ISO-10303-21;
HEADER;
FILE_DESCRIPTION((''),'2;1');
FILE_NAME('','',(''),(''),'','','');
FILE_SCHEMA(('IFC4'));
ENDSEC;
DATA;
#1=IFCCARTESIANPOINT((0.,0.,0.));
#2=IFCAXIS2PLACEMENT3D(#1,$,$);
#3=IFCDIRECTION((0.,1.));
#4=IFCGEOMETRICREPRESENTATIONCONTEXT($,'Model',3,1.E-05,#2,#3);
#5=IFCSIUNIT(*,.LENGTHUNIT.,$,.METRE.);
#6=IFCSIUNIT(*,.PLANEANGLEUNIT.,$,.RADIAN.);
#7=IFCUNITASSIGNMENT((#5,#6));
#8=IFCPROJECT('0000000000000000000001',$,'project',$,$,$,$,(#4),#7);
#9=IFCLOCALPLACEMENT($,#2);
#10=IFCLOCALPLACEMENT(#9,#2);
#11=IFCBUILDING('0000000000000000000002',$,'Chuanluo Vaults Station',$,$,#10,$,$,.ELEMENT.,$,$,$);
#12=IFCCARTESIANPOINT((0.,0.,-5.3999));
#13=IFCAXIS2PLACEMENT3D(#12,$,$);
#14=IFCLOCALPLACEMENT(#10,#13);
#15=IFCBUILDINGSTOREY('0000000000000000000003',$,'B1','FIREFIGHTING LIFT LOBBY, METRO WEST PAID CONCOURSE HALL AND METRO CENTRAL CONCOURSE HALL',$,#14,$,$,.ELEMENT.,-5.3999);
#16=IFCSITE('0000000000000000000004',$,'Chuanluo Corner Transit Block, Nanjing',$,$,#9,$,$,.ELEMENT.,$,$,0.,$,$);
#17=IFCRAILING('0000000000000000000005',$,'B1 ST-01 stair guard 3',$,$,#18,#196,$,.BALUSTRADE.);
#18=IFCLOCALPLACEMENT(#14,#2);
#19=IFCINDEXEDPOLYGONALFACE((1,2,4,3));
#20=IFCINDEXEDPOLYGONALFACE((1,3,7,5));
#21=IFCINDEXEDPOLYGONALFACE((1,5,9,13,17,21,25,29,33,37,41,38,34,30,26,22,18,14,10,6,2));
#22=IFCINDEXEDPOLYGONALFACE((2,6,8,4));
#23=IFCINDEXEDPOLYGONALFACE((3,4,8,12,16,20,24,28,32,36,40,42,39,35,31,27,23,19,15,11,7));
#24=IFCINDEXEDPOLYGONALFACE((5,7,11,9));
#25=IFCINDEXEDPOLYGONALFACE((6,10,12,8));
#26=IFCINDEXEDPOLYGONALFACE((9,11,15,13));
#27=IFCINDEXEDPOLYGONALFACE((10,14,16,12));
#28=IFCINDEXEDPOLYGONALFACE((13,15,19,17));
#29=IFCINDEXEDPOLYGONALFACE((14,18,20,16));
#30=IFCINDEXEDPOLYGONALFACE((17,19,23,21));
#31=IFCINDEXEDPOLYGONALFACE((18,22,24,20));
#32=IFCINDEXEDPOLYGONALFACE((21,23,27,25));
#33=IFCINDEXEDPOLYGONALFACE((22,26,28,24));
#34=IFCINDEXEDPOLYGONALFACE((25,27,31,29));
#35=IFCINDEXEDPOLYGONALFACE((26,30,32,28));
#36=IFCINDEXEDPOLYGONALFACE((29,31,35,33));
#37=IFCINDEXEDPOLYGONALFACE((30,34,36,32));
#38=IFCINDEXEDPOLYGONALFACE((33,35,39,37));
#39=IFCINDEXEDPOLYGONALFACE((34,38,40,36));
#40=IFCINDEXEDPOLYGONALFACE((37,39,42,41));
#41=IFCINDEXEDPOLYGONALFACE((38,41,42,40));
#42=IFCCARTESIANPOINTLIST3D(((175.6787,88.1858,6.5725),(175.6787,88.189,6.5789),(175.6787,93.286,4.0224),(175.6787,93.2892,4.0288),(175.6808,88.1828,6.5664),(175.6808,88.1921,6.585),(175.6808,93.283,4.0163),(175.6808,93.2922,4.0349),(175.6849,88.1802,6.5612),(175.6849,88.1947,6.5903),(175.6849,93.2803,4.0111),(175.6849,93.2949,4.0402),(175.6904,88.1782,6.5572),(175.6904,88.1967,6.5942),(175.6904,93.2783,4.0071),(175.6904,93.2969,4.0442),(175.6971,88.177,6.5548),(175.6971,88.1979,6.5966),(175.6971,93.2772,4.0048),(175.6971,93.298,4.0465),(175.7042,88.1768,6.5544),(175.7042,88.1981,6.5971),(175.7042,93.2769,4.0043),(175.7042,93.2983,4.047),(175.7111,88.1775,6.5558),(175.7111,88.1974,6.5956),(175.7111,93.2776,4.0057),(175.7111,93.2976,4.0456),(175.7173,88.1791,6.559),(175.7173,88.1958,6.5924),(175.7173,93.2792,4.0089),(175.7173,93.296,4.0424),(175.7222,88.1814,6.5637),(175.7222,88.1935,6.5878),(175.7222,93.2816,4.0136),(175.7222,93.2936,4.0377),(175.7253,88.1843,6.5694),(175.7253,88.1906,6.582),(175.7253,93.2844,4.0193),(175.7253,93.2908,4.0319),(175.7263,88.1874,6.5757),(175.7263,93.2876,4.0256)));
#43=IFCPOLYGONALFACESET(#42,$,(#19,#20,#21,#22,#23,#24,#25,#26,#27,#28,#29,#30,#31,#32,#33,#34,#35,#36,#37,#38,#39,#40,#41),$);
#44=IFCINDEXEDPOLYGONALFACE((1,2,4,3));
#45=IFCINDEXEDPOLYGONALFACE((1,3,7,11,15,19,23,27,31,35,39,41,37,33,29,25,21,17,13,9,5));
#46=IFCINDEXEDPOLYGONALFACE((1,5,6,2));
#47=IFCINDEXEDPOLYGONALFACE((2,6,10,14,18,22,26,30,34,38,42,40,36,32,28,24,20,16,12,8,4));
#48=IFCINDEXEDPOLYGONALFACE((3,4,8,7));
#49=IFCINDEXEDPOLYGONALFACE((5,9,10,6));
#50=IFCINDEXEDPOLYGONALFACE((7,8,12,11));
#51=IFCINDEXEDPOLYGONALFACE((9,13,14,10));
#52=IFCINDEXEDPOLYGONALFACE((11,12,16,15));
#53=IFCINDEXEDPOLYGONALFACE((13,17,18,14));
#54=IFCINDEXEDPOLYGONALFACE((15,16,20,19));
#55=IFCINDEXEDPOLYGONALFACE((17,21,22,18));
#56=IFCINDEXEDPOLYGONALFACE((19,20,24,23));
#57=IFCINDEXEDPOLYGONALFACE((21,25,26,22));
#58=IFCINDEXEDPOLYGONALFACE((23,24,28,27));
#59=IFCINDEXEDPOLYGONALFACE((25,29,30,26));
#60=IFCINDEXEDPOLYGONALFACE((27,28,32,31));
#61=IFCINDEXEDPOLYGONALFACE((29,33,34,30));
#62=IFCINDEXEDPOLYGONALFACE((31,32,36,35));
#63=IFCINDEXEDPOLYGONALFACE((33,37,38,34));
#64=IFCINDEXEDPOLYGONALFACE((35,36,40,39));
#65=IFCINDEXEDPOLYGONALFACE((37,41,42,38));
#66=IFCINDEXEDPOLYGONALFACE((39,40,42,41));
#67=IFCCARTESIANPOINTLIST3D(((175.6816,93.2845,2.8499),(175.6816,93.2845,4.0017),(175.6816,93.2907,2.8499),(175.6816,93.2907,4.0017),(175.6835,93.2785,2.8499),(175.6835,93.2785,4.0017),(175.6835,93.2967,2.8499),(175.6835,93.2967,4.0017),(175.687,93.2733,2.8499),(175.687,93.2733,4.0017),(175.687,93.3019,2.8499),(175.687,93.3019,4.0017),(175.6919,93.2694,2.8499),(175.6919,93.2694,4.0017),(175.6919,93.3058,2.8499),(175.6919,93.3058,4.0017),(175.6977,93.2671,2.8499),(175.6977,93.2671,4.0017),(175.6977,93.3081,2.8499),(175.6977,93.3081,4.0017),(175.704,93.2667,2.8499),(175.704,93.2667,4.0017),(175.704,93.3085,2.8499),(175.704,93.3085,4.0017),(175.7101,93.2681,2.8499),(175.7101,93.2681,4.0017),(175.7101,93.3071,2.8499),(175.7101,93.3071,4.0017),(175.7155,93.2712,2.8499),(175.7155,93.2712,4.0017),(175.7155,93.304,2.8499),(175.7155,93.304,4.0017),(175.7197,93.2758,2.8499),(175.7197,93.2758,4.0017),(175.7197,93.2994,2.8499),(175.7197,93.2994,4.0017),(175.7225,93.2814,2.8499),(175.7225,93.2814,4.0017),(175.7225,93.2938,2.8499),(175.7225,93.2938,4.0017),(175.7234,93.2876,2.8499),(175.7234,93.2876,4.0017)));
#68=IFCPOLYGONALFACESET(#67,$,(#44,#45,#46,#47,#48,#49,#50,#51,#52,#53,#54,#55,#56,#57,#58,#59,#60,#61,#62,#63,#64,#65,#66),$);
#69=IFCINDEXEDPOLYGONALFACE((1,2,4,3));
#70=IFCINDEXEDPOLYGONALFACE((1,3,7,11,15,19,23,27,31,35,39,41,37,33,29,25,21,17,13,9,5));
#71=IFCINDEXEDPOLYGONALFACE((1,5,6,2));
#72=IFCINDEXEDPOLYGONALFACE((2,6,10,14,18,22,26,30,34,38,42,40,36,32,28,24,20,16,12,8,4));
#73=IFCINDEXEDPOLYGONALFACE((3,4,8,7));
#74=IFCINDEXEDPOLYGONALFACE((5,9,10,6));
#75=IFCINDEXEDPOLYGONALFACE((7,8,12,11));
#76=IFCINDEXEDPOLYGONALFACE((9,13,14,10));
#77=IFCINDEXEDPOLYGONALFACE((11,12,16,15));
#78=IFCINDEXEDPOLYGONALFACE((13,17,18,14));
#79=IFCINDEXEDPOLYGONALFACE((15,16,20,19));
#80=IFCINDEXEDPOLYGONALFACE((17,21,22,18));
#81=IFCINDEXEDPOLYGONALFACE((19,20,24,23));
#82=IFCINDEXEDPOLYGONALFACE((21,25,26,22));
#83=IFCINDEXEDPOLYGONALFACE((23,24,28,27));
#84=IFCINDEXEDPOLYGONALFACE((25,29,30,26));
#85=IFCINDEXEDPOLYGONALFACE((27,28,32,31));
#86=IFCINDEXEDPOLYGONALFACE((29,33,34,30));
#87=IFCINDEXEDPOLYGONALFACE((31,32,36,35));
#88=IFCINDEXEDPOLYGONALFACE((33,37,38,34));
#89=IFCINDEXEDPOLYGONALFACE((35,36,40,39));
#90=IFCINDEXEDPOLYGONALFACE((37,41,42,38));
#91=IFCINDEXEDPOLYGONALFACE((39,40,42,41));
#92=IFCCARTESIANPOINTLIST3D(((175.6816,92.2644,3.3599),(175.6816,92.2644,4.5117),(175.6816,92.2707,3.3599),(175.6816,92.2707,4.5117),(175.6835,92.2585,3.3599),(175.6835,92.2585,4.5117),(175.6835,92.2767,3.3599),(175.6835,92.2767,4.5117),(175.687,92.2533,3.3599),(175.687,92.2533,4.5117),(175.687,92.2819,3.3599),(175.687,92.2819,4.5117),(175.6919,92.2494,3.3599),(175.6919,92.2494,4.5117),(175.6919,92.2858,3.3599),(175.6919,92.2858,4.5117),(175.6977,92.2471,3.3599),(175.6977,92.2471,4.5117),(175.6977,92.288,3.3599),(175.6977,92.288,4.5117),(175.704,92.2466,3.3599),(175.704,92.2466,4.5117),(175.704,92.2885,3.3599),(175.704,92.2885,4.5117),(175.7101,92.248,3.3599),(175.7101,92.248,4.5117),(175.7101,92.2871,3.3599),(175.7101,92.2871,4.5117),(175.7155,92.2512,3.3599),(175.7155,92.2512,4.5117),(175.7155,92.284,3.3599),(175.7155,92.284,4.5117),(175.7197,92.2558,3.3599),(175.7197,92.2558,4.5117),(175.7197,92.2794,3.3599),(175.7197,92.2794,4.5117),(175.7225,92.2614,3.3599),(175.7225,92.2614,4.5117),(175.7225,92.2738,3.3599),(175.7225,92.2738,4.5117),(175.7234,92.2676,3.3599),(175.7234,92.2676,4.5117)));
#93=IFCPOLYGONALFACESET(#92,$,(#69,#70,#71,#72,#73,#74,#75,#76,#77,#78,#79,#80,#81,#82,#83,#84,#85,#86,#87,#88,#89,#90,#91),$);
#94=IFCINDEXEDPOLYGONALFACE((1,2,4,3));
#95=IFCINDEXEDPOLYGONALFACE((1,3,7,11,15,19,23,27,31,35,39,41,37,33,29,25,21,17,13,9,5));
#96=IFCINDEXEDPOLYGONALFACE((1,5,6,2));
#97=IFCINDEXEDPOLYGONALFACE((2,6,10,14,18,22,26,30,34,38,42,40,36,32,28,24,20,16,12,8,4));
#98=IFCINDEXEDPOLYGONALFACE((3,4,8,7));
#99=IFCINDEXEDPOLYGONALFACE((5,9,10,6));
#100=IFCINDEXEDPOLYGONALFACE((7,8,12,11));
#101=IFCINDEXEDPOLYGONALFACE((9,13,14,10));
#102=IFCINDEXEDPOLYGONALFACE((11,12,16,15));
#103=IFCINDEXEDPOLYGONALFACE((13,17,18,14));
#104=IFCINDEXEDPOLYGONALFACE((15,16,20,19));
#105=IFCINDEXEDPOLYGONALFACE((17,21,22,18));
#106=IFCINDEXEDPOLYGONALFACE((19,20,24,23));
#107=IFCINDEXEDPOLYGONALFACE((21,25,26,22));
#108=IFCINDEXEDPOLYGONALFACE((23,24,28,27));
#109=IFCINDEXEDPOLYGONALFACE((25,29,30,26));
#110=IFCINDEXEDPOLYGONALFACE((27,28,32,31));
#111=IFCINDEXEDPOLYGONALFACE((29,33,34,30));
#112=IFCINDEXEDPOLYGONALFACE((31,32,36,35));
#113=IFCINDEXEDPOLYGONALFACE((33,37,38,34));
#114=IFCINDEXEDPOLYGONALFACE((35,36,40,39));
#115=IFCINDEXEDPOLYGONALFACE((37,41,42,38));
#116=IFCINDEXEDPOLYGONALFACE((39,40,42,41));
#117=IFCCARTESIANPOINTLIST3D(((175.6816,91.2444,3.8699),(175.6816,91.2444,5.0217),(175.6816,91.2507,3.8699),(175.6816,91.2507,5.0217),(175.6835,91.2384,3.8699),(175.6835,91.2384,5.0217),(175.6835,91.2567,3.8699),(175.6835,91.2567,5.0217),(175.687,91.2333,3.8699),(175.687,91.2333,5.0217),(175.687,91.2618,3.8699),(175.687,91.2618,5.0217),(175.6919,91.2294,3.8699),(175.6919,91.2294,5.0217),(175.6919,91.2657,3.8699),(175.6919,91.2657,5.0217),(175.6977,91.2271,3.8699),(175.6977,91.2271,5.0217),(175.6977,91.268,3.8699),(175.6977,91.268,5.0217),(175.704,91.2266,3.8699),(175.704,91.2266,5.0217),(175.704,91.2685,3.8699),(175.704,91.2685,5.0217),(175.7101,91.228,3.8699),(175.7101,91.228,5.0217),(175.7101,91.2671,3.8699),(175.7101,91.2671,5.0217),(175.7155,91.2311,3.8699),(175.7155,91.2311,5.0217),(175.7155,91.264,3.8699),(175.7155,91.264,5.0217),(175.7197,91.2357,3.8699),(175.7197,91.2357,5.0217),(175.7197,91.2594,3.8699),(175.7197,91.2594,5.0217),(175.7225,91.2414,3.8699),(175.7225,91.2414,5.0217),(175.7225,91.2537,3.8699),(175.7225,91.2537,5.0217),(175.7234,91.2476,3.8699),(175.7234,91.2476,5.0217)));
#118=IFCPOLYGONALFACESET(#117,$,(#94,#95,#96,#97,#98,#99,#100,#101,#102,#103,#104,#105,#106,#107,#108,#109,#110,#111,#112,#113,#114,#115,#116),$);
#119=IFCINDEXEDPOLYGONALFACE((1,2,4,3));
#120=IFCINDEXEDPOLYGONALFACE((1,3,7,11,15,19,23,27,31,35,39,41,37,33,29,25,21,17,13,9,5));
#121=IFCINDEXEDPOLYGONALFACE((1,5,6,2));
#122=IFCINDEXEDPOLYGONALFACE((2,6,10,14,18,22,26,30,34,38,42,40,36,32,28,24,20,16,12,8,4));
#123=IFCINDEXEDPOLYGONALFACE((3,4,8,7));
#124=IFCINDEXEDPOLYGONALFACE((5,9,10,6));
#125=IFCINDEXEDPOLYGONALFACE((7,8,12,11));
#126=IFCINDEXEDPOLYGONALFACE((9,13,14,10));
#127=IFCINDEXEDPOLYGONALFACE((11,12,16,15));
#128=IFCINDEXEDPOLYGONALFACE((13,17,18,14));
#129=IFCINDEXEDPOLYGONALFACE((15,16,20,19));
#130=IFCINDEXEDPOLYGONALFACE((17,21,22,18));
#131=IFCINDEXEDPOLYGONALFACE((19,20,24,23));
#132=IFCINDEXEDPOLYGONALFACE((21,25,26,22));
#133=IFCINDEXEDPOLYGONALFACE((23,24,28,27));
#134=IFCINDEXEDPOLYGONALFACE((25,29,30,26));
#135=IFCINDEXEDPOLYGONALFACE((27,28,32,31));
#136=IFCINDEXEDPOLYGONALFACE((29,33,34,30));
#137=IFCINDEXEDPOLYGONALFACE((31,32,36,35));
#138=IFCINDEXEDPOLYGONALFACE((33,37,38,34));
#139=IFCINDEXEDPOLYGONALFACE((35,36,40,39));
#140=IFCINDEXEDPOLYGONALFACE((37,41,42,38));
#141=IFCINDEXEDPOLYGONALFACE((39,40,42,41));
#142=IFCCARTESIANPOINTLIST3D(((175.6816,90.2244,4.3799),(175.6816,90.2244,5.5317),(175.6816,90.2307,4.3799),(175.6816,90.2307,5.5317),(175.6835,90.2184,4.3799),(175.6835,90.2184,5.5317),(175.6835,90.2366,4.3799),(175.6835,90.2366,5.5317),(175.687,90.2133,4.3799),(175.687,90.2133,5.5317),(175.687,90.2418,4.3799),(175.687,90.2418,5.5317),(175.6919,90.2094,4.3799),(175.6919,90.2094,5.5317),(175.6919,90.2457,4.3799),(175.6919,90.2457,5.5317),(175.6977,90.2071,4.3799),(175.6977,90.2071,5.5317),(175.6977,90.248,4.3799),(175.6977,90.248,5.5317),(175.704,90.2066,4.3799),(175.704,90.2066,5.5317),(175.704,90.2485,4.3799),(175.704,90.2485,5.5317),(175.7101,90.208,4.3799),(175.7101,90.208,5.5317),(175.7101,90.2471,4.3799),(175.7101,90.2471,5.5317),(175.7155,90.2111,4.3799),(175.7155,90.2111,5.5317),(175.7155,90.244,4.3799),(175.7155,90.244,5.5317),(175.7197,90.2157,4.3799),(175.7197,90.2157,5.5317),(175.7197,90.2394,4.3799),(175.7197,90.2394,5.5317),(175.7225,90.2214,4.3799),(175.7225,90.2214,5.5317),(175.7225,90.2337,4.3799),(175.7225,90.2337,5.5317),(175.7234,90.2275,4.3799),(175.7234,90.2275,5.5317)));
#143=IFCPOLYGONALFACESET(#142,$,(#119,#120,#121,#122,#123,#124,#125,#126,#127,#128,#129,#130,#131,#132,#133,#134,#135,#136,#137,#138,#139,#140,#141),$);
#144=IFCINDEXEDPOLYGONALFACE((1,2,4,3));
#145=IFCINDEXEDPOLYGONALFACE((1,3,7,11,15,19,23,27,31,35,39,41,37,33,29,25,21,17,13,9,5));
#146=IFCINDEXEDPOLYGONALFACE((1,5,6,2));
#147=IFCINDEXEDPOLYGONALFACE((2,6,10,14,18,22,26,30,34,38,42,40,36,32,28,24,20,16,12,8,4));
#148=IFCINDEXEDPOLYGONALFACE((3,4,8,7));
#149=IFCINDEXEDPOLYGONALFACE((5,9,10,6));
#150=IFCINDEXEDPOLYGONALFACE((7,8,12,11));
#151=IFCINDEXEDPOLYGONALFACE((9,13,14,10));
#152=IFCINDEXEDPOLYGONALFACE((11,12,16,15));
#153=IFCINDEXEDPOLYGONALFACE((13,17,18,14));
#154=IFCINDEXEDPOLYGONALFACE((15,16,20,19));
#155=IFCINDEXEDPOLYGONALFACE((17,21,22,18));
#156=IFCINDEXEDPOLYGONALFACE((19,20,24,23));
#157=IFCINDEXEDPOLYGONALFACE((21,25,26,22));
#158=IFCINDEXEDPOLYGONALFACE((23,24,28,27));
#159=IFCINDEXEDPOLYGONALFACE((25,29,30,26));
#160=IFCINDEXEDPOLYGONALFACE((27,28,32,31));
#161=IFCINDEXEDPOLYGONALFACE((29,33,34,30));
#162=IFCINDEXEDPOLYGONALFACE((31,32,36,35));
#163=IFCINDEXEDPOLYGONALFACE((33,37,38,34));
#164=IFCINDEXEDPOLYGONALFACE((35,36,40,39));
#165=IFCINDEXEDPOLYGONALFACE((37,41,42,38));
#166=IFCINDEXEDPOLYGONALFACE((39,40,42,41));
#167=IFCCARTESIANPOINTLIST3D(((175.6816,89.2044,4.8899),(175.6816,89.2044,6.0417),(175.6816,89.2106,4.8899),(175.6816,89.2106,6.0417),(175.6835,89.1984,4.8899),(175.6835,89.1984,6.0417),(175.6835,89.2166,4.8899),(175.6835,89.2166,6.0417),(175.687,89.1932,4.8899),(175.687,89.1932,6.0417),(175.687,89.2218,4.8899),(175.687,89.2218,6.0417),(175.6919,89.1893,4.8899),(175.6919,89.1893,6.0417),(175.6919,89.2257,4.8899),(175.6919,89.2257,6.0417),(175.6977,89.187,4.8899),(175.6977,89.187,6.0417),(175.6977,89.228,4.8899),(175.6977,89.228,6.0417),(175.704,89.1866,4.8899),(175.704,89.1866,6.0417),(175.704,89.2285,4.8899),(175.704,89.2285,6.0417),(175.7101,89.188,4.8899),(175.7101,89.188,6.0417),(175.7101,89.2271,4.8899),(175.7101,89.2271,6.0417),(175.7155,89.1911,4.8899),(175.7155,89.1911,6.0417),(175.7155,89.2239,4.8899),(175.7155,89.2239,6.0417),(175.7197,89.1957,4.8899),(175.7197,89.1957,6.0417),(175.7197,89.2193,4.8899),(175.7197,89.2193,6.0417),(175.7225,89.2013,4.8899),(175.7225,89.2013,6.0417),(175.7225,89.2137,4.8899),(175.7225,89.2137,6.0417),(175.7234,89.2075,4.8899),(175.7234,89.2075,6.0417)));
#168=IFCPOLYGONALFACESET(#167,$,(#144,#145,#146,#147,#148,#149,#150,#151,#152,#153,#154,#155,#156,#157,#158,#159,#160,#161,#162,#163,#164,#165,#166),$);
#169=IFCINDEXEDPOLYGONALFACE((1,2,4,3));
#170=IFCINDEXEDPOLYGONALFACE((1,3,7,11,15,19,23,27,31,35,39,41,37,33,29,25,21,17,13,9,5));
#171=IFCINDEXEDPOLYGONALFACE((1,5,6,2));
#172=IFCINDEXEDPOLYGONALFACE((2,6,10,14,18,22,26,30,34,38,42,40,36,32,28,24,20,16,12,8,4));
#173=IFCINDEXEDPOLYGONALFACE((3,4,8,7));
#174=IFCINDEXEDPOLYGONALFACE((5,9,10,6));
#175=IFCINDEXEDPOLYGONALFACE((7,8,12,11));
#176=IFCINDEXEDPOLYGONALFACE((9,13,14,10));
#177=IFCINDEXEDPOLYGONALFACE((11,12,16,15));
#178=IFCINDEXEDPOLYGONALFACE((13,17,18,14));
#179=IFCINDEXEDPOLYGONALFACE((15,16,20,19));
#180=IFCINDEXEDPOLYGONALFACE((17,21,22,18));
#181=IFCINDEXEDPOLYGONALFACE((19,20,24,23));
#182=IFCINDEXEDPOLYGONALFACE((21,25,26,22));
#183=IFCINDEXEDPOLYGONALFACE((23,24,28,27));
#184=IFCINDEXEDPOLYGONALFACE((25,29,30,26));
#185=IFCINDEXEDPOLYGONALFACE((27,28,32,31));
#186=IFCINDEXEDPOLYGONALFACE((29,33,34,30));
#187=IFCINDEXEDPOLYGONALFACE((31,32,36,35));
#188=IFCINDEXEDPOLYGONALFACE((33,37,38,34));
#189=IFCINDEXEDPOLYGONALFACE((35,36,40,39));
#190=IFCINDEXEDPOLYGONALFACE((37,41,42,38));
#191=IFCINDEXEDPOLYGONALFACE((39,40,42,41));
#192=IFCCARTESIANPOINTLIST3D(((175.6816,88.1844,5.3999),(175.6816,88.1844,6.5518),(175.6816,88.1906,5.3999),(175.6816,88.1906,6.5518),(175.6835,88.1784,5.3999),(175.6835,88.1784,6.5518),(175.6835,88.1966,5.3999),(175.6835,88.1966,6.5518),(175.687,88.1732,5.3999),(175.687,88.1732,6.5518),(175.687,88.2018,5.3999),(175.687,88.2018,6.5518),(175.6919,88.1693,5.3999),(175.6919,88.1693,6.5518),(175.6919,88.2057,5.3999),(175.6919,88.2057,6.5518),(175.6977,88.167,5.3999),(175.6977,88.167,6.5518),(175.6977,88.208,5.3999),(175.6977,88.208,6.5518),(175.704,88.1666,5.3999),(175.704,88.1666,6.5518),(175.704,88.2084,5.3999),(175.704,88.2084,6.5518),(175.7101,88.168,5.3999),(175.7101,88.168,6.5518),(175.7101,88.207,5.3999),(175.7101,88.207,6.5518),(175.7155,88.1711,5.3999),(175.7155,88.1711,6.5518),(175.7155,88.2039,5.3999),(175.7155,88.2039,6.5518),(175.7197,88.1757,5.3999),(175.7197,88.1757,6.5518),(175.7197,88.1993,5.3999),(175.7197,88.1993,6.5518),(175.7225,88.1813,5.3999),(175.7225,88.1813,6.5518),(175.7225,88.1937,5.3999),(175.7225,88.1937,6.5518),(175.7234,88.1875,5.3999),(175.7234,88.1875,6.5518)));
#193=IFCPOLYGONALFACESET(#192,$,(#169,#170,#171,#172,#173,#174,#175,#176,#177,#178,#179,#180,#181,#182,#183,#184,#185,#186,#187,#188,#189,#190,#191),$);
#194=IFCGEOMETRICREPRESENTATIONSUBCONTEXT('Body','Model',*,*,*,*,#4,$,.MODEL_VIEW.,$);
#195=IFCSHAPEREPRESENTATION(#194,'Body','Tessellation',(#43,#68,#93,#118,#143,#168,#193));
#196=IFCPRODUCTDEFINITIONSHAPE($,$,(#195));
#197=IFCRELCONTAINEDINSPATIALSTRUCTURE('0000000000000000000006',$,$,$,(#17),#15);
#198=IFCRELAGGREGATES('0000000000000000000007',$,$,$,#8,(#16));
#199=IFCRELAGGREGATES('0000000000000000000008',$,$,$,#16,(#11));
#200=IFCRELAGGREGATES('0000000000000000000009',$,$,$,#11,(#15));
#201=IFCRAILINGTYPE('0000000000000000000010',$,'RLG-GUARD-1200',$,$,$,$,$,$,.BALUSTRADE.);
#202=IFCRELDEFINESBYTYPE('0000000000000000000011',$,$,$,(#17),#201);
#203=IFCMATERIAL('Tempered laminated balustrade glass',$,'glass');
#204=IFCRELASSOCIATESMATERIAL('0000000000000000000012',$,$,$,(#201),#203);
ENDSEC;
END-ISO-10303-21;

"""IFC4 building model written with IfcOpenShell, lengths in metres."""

from ifc_helpers import new_model, si_unit, direction, frame, origin, origin_2d, place, context, subcontext, project, spatial, circle, extrude, material, type_object, element, save


model = new_model("IFC4")

# Units and contexts
model_context = context("Model", 3, precision=1e-05, world=origin(), true_north=direction((0.0, 1.0)))
body_context = subcontext(model_context, "Body", "Model", "MODEL_VIEW")
ifc_project = project(units=[si_unit("LENGTHUNIT", "METRE"), si_unit("PLANEANGLEUNIT", "RADIAN")], contexts=[model_context])

# Site, building, storey
site_placement = place(None, origin())
site = spatial("IfcSite", under=ifc_project, at=site_placement, Name="Chuanluo Corner Transit Block, Nanjing", CompositionType="ELEMENT", RefElevation=0.0)
building_placement = place(site_placement, origin())
building = spatial("IfcBuilding", under=site, at=building_placement, Name="Chuanluo Vaults Station", CompositionType="ELEMENT")
storey_placement = place(building_placement, frame((0.0, 0.0, -5.3999)))
storey = spatial("IfcBuildingStorey", under=building, at=storey_placement, Name="B1", Description="FIREFIGHTING LIFT LOBBY, METRO WEST PAID CONCOURSE HALL AND METRO CENTRAL CONCOURSE HALL", CompositionType="ELEMENT", Elevation=-5.3999)

# Railing
ifc_material_1 = material(Name="Tempered laminated balustrade glass", Category="glass")
railing_type_1 = type_object("IfcRailingType", Name="RLG-GUARD-1200", PredefinedType="BALUSTRADE", material=ifc_material_1)
railing_1_placement = place(storey_placement, frame((175.7024, 93.2876, 2.8499)))
element("IfcRailing", 1, at=railing_1_placement, inside=storey, type_object=railing_type_1, Name="B1 ST-01 stair guard 3", PredefinedType="BALUSTRADE", context=body_context, shape_type="SweptSolid", body=[
    extrude(circle(Radius=0.0239, at=origin_2d()), frame((0.0, 0.0, 1.1758), z_axis=(0.0, -0.894427, 0.447214), x_axis=(1.0, 0.0, 0.0)), (0.0, 0.0, 1.0), 5.7021),
    extrude(circle(Radius=0.021, at=origin_2d()), origin(), (0.0, 0.0, 1.0), 1.1519),
    extrude(circle(Radius=0.021, at=origin_2d()), frame((0.0, -1.02, 0.51)), (0.0, 0.0, 1.0), 1.1519),
    extrude(circle(Radius=0.021, at=origin_2d()), frame((0.0, -2.04, 1.02)), (0.0, 0.0, 1.0), 1.1519),
    extrude(circle(Radius=0.021, at=origin_2d()), frame((0.0, -3.0601, 1.53)), (0.0, 0.0, 1.0), 1.1519),
    extrude(circle(Radius=0.021, at=origin_2d()), frame((0.0, -4.0801, 2.04)), (0.0, 0.0, 1.0), 1.1519),
    extrude(circle(Radius=0.021, at=origin_2d()), frame((0.0, -5.1001, 2.55)), (0.0, 0.0, 1.0), 1.1519),
])

save(model, "model.ifc")
